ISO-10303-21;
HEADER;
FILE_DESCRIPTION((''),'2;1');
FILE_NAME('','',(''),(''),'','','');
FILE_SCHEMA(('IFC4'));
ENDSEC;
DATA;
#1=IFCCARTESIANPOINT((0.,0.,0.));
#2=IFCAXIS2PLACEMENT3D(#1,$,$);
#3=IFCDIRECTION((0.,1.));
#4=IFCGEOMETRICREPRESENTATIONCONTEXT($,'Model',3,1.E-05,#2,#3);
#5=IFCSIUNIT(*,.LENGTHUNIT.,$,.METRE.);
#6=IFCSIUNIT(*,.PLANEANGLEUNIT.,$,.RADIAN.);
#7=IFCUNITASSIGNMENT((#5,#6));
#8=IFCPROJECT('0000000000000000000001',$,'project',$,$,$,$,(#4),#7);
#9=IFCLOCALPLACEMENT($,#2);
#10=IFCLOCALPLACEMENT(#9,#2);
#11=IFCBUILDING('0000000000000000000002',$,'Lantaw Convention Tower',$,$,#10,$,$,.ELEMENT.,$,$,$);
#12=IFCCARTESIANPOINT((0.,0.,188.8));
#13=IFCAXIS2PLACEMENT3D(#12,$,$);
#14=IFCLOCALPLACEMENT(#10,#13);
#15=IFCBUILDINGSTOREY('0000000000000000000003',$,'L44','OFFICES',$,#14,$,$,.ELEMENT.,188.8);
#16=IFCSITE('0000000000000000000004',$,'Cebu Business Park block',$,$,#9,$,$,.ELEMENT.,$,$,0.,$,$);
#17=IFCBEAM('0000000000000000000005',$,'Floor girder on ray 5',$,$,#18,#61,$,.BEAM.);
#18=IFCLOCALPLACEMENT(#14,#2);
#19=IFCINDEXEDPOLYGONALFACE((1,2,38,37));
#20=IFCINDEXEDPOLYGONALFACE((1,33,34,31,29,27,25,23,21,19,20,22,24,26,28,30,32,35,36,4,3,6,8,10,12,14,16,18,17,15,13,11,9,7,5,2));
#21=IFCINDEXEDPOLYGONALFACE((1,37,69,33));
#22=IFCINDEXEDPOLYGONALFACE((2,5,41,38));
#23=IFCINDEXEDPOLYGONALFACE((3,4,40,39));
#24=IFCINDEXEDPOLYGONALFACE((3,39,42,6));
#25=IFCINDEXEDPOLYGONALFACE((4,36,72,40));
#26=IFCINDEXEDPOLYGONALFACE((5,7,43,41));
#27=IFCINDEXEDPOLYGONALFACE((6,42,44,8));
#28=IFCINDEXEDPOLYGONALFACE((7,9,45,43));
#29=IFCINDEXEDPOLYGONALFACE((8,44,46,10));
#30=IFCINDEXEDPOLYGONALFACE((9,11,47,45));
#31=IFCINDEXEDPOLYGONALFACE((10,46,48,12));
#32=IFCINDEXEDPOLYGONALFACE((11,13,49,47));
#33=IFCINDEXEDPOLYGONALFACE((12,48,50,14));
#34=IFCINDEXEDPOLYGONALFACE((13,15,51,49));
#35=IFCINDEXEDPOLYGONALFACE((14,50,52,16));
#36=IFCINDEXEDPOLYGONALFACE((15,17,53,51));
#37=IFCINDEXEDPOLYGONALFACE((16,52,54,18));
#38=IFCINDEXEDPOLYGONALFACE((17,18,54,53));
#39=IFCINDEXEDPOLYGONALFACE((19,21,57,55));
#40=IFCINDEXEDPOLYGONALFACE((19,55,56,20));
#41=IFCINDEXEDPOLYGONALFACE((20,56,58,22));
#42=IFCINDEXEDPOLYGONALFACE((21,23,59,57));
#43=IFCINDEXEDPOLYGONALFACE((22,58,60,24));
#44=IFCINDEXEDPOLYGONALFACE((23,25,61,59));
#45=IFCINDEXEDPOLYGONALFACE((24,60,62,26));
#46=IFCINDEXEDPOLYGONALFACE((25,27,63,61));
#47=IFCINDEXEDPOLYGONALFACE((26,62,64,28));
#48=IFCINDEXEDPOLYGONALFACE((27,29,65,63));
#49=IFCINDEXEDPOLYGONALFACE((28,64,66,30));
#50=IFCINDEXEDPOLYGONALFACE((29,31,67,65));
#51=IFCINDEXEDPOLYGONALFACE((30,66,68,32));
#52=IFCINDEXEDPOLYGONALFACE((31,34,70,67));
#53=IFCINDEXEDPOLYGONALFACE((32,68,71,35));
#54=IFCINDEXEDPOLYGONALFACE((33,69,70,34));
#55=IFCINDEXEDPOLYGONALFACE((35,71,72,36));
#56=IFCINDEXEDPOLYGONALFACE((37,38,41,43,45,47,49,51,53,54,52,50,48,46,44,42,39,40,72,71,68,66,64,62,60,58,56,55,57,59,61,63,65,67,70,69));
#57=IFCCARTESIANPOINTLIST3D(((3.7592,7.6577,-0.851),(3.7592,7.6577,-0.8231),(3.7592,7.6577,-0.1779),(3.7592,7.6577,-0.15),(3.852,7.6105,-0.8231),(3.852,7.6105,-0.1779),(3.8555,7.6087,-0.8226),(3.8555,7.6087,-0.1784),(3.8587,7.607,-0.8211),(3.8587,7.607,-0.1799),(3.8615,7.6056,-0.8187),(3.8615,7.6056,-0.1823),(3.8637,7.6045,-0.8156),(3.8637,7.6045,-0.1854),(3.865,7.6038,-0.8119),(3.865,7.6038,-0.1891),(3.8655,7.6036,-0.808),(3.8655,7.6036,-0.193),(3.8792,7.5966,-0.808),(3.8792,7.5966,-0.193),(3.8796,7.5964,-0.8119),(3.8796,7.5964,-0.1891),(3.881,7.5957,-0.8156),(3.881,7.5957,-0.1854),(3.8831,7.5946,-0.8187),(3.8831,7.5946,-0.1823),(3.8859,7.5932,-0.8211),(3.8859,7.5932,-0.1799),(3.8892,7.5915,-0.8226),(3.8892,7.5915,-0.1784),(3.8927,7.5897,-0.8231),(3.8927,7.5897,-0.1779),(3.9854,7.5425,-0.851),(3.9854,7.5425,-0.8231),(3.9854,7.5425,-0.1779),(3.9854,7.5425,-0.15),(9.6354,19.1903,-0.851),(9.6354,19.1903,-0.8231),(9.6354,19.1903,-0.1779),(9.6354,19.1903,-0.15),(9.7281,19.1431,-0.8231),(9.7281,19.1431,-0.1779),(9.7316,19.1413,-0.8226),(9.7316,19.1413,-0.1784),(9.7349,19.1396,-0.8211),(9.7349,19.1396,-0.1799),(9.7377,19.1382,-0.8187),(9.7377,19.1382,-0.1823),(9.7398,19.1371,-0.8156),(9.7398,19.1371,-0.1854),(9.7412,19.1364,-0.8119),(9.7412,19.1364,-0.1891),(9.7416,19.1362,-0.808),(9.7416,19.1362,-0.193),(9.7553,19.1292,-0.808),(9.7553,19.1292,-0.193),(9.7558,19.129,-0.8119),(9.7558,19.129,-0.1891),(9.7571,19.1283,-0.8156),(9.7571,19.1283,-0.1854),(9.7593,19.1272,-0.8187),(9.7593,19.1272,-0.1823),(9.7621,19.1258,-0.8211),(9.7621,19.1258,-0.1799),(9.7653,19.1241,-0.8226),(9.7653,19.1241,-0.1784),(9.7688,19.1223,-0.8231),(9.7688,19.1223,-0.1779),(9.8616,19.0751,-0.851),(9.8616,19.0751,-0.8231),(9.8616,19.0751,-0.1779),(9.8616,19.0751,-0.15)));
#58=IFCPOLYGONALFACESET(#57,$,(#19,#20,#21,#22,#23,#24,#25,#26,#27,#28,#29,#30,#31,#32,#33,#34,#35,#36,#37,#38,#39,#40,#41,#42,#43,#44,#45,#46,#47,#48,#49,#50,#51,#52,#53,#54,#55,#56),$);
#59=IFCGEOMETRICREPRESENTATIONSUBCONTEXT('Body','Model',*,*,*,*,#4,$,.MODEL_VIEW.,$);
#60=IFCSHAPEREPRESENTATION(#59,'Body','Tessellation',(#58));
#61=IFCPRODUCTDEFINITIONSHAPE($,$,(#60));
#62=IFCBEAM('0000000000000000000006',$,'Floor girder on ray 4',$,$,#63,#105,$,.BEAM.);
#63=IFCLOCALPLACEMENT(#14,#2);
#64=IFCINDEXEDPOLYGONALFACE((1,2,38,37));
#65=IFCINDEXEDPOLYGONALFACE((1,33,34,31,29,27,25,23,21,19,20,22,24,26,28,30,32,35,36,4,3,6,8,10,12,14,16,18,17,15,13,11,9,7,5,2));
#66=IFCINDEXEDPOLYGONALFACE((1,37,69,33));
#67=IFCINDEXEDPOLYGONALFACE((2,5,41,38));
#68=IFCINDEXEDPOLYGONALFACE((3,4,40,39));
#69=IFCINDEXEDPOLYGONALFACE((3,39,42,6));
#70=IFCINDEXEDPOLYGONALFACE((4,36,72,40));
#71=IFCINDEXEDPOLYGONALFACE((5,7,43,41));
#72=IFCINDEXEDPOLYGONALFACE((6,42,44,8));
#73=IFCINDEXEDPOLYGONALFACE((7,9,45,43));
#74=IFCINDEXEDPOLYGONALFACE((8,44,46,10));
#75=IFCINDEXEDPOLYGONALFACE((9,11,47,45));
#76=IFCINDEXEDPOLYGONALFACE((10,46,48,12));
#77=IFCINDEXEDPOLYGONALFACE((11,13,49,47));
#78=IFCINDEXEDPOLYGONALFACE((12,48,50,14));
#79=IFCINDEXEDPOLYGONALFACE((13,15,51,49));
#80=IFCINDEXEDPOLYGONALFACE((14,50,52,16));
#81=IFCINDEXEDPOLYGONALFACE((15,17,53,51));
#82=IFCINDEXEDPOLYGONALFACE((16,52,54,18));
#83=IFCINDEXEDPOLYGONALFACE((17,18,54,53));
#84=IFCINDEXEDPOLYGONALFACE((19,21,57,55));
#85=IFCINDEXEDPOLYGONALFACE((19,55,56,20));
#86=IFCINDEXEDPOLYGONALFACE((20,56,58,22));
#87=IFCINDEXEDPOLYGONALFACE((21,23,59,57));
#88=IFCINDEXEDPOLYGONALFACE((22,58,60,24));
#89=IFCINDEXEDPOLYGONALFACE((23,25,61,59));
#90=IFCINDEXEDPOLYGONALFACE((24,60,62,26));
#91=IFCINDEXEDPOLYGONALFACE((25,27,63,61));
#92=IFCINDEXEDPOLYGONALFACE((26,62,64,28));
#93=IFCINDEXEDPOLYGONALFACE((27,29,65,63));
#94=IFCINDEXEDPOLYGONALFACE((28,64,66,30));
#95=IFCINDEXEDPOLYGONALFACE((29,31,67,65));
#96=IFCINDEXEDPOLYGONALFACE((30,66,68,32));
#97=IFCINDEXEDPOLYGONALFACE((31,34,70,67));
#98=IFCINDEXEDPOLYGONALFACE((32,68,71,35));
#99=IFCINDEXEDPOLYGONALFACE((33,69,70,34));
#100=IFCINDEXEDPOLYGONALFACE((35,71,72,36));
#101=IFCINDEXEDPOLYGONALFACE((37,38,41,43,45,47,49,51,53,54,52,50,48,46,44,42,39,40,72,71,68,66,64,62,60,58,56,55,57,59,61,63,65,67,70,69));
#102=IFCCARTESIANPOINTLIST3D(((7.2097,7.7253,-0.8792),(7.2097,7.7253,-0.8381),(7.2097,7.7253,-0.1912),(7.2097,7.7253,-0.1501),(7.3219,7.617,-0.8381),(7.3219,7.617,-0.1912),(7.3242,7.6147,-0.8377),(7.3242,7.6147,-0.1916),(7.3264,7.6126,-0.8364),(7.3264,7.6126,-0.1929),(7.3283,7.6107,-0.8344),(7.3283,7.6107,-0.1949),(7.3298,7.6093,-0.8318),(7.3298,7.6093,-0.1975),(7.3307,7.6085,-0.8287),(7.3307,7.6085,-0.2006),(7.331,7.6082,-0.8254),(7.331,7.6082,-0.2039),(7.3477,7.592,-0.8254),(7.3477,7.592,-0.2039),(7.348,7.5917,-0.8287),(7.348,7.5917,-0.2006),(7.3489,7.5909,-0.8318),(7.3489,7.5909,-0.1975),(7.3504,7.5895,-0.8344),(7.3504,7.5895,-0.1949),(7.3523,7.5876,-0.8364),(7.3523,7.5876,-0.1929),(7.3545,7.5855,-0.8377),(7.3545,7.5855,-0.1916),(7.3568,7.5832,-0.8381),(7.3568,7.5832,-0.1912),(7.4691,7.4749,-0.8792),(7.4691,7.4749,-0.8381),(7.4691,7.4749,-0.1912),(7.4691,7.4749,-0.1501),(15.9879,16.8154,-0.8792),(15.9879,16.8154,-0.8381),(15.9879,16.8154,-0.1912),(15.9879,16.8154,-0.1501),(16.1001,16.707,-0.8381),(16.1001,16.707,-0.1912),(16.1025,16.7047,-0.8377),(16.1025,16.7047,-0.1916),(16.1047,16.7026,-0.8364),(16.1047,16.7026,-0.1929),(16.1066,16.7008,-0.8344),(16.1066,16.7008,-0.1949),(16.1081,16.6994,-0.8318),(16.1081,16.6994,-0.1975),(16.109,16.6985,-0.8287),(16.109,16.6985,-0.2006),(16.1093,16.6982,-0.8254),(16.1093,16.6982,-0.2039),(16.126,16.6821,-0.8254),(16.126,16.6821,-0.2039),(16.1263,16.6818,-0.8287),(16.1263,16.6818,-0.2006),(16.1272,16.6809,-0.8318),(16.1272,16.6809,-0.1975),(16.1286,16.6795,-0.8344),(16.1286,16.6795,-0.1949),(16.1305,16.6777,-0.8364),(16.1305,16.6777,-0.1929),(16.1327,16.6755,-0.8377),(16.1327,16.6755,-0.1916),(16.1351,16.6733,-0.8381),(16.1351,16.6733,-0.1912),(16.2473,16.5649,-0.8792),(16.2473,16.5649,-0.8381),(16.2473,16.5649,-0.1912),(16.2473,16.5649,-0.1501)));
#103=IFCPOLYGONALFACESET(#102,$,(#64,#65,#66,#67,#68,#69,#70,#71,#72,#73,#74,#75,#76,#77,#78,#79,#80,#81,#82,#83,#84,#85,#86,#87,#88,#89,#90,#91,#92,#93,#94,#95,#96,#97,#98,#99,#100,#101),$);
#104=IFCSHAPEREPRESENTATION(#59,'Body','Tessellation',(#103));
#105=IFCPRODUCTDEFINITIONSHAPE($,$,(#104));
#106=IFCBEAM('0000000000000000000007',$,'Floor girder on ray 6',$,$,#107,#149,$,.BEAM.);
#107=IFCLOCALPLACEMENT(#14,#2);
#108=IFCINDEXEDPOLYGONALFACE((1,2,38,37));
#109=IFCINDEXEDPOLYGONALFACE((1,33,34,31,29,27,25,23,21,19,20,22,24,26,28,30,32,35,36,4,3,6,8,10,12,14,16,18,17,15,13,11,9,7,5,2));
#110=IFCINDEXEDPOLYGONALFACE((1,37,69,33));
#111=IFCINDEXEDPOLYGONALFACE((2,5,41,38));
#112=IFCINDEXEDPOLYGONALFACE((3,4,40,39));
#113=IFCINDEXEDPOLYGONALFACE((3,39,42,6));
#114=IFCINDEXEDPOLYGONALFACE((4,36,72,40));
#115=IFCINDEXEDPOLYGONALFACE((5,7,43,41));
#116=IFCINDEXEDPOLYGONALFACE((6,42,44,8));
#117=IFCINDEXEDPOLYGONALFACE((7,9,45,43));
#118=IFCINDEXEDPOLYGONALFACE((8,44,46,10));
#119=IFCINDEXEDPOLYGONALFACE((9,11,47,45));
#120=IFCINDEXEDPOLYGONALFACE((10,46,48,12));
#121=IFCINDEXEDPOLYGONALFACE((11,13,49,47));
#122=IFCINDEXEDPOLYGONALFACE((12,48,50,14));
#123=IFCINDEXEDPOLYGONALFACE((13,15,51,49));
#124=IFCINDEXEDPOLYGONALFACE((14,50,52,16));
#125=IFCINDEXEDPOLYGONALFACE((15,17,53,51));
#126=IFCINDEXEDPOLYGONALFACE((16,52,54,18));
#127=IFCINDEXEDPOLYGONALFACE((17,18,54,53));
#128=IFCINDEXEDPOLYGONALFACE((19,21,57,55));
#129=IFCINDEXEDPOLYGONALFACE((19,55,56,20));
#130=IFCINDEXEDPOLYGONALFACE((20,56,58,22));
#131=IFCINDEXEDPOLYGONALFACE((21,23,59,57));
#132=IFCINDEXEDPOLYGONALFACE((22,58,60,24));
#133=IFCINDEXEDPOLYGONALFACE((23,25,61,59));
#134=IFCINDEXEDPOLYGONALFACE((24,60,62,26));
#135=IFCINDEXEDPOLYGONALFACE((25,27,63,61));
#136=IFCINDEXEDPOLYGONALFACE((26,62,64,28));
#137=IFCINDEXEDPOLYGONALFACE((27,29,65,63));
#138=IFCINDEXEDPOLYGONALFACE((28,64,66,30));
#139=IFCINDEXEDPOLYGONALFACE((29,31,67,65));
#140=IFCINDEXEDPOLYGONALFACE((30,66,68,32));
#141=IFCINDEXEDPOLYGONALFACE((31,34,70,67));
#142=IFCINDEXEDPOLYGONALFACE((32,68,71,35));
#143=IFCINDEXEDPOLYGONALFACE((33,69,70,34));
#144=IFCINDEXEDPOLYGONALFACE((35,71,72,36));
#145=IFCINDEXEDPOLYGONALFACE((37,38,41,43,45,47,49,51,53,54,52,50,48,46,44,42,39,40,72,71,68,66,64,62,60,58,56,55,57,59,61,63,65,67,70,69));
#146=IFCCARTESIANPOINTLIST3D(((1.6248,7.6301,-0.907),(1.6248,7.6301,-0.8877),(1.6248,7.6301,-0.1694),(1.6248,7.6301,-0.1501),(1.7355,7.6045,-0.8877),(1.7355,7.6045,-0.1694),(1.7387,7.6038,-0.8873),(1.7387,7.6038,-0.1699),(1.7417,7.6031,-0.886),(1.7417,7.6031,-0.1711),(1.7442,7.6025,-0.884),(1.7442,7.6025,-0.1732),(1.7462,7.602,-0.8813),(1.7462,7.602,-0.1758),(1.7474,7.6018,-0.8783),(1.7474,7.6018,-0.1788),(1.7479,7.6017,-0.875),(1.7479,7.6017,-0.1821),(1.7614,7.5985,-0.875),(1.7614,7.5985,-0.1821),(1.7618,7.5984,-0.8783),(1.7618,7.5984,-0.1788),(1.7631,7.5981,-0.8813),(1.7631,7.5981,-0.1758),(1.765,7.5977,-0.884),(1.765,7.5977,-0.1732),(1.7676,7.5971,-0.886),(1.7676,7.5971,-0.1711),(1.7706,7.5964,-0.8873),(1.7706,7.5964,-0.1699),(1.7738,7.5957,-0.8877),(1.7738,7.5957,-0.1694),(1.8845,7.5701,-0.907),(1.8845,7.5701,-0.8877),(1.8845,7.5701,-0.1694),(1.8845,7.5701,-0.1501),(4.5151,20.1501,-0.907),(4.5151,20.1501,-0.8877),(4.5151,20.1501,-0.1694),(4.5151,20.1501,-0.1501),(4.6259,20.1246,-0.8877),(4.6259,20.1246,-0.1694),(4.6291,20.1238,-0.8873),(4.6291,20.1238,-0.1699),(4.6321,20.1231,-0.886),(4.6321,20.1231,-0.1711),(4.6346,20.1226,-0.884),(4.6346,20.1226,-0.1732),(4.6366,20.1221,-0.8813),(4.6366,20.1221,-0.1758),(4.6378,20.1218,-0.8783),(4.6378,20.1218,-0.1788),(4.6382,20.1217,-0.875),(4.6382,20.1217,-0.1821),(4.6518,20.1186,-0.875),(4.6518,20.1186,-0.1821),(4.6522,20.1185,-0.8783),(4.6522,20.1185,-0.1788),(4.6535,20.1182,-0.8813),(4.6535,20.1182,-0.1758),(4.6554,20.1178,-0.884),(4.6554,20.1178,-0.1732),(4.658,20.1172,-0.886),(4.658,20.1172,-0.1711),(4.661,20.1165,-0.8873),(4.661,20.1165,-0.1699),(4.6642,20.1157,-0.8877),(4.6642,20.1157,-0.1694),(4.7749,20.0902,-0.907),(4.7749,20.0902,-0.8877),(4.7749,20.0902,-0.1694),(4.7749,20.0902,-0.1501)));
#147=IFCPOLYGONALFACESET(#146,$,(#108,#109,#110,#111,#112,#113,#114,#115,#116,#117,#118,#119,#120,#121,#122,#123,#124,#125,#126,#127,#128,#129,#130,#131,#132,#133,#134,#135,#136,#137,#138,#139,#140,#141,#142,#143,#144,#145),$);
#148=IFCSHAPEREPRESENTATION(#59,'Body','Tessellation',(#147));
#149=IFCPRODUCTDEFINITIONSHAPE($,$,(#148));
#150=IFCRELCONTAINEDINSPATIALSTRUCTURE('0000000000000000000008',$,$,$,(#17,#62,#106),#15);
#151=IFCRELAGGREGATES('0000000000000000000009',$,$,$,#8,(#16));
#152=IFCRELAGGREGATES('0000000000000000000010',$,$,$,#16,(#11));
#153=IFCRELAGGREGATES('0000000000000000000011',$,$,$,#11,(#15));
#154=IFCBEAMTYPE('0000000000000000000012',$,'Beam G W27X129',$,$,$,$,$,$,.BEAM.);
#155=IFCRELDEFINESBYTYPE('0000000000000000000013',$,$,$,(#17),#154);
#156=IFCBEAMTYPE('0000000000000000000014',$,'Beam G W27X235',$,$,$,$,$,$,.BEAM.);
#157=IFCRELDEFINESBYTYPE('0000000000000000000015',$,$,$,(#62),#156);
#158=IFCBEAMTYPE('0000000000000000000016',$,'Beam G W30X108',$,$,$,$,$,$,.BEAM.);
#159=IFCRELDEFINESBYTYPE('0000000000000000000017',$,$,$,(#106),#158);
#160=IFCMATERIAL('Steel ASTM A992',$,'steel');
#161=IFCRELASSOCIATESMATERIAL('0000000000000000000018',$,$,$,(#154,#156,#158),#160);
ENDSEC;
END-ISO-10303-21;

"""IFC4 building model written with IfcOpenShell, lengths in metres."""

from ifc_helpers import new_model, si_unit, direction, frame, origin, origin_2d, place, context, subcontext, project, spatial, i_section, extrude, material, material_profile, profile_set, type_object, element, save


model = new_model("IFC4")

# Units and contexts
model_context = context("Model", 3, precision=1e-05, world=origin(), true_north=direction((0.0, 1.0)))
body_context = subcontext(model_context, "Body", "Model", "MODEL_VIEW")
ifc_project = project(units=[si_unit("LENGTHUNIT", "METRE"), si_unit("PLANEANGLEUNIT", "RADIAN")], contexts=[model_context])

# Site, building, storey
site_placement = place(None, origin())
site = spatial("IfcSite", under=ifc_project, at=site_placement, Name="Cebu Business Park block", CompositionType="ELEMENT", RefElevation=0.0)
building_placement = place(site_placement, origin())
building = spatial("IfcBuilding", under=site, at=building_placement, Name="Lantaw Convention Tower", CompositionType="ELEMENT")
storey_placement = place(building_placement, frame((0.0, 0.0, 188.8)))
storey = spatial("IfcBuildingStorey", under=building, at=storey_placement, Name="L44", Description="OFFICES", CompositionType="ELEMENT", Elevation=188.8)

# Beams
ifc_material_1 = material(Name="Steel ASTM A992", Category="steel")
ifc_material_profile_1 = material_profile(ifc_material_1, i_section(OverallWidth=0.2539, OverallDepth=0.7009, WebThickness=0.0154, FlangeThickness=0.0278, FilletRadius=0.0151, at=origin_2d()), Name="W27X129")
ifc_profile_set_1 = profile_set([ifc_material_profile_1], Name="Steel ASTM A992")
beam_type_1 = type_object("IfcBeamType", Name="Beam G W27X129", PredefinedType="BEAM", material=ifc_profile_set_1)
beam_1_placement = place(storey_placement, frame((3.8723, 7.6001, -0.5005), z_axis=(0.453991, 0.891006, 0.0), x_axis=(-0.891006, 0.453991, 0.0)))
element("IfcBeam", 1, at=beam_1_placement, inside=storey, type_object=beam_type_1, Name="Floor girder on ray 5", PredefinedType="BEAM", context=body_context, shape_type="SweptSolid", body=[
    extrude(i_section(OverallWidth=0.2539, OverallDepth=0.7009, WebThickness=0.0154, FlangeThickness=0.0278, FilletRadius=0.0151, at=origin_2d()), origin(), (0.0, 0.0, 1.0), 12.9434),
])
ifc_material_profile_2 = material_profile(ifc_material_1, i_section(OverallWidth=0.3606, OverallDepth=0.729, WebThickness=0.0232, FlangeThickness=0.041, FilletRadius=0.0127, at=origin_2d()), Name="W27X235")
ifc_profile_set_2 = profile_set([ifc_material_profile_2], Name="Steel ASTM A992")
beam_type_2 = type_object("IfcBeamType", Name="Beam G W27X235", PredefinedType="BEAM", material=ifc_profile_set_2)
beam_2_placement = place(storey_placement, frame((7.3394, 7.6001, -0.5146), z_axis=(0.694663, 0.719335, 0.0), x_axis=(-0.719335, 0.694663, 0.0)))
element("IfcBeam", 2, at=beam_2_placement, inside=storey, type_object=beam_type_2, Name="Floor girder on ray 4", PredefinedType="BEAM", context=body_context, shape_type="SweptSolid", body=[
    extrude(i_section(OverallWidth=0.3606, OverallDepth=0.729, WebThickness=0.0232, FlangeThickness=0.041, FilletRadius=0.0127, at=origin_2d()), origin(), (0.0, 0.0, 1.0), 12.6367),
])
ifc_material_profile_3 = material_profile(ifc_material_1, i_section(OverallWidth=0.2666, OverallDepth=0.7568, WebThickness=0.0139, FlangeThickness=0.0193, FilletRadius=0.0127, at=origin_2d()), Name="W30X108")
ifc_profile_set_3 = profile_set([ifc_material_profile_3], Name="Steel ASTM A992")
beam_type_3 = type_object("IfcBeamType", Name="Beam G W30X108", PredefinedType="BEAM", material=ifc_profile_set_3)
beam_3_placement = place(storey_placement, frame((1.7546, 7.6001, -0.5286), z_axis=(0.224944, 0.974372, 0.0), x_axis=(-0.974372, 0.224944, 0.0)))
element("IfcBeam", 3, at=beam_3_placement, inside=storey, type_object=beam_type_3, Name="Floor girder on ray 6", PredefinedType="BEAM", context=body_context, shape_type="SweptSolid", body=[
    extrude(i_section(OverallWidth=0.2666, OverallDepth=0.7568, WebThickness=0.0139, FlangeThickness=0.0193, FilletRadius=0.0127, at=origin_2d()), origin(), (0.0, 0.0, 1.0), 12.8494),
])

save(model, "model.ifc")
